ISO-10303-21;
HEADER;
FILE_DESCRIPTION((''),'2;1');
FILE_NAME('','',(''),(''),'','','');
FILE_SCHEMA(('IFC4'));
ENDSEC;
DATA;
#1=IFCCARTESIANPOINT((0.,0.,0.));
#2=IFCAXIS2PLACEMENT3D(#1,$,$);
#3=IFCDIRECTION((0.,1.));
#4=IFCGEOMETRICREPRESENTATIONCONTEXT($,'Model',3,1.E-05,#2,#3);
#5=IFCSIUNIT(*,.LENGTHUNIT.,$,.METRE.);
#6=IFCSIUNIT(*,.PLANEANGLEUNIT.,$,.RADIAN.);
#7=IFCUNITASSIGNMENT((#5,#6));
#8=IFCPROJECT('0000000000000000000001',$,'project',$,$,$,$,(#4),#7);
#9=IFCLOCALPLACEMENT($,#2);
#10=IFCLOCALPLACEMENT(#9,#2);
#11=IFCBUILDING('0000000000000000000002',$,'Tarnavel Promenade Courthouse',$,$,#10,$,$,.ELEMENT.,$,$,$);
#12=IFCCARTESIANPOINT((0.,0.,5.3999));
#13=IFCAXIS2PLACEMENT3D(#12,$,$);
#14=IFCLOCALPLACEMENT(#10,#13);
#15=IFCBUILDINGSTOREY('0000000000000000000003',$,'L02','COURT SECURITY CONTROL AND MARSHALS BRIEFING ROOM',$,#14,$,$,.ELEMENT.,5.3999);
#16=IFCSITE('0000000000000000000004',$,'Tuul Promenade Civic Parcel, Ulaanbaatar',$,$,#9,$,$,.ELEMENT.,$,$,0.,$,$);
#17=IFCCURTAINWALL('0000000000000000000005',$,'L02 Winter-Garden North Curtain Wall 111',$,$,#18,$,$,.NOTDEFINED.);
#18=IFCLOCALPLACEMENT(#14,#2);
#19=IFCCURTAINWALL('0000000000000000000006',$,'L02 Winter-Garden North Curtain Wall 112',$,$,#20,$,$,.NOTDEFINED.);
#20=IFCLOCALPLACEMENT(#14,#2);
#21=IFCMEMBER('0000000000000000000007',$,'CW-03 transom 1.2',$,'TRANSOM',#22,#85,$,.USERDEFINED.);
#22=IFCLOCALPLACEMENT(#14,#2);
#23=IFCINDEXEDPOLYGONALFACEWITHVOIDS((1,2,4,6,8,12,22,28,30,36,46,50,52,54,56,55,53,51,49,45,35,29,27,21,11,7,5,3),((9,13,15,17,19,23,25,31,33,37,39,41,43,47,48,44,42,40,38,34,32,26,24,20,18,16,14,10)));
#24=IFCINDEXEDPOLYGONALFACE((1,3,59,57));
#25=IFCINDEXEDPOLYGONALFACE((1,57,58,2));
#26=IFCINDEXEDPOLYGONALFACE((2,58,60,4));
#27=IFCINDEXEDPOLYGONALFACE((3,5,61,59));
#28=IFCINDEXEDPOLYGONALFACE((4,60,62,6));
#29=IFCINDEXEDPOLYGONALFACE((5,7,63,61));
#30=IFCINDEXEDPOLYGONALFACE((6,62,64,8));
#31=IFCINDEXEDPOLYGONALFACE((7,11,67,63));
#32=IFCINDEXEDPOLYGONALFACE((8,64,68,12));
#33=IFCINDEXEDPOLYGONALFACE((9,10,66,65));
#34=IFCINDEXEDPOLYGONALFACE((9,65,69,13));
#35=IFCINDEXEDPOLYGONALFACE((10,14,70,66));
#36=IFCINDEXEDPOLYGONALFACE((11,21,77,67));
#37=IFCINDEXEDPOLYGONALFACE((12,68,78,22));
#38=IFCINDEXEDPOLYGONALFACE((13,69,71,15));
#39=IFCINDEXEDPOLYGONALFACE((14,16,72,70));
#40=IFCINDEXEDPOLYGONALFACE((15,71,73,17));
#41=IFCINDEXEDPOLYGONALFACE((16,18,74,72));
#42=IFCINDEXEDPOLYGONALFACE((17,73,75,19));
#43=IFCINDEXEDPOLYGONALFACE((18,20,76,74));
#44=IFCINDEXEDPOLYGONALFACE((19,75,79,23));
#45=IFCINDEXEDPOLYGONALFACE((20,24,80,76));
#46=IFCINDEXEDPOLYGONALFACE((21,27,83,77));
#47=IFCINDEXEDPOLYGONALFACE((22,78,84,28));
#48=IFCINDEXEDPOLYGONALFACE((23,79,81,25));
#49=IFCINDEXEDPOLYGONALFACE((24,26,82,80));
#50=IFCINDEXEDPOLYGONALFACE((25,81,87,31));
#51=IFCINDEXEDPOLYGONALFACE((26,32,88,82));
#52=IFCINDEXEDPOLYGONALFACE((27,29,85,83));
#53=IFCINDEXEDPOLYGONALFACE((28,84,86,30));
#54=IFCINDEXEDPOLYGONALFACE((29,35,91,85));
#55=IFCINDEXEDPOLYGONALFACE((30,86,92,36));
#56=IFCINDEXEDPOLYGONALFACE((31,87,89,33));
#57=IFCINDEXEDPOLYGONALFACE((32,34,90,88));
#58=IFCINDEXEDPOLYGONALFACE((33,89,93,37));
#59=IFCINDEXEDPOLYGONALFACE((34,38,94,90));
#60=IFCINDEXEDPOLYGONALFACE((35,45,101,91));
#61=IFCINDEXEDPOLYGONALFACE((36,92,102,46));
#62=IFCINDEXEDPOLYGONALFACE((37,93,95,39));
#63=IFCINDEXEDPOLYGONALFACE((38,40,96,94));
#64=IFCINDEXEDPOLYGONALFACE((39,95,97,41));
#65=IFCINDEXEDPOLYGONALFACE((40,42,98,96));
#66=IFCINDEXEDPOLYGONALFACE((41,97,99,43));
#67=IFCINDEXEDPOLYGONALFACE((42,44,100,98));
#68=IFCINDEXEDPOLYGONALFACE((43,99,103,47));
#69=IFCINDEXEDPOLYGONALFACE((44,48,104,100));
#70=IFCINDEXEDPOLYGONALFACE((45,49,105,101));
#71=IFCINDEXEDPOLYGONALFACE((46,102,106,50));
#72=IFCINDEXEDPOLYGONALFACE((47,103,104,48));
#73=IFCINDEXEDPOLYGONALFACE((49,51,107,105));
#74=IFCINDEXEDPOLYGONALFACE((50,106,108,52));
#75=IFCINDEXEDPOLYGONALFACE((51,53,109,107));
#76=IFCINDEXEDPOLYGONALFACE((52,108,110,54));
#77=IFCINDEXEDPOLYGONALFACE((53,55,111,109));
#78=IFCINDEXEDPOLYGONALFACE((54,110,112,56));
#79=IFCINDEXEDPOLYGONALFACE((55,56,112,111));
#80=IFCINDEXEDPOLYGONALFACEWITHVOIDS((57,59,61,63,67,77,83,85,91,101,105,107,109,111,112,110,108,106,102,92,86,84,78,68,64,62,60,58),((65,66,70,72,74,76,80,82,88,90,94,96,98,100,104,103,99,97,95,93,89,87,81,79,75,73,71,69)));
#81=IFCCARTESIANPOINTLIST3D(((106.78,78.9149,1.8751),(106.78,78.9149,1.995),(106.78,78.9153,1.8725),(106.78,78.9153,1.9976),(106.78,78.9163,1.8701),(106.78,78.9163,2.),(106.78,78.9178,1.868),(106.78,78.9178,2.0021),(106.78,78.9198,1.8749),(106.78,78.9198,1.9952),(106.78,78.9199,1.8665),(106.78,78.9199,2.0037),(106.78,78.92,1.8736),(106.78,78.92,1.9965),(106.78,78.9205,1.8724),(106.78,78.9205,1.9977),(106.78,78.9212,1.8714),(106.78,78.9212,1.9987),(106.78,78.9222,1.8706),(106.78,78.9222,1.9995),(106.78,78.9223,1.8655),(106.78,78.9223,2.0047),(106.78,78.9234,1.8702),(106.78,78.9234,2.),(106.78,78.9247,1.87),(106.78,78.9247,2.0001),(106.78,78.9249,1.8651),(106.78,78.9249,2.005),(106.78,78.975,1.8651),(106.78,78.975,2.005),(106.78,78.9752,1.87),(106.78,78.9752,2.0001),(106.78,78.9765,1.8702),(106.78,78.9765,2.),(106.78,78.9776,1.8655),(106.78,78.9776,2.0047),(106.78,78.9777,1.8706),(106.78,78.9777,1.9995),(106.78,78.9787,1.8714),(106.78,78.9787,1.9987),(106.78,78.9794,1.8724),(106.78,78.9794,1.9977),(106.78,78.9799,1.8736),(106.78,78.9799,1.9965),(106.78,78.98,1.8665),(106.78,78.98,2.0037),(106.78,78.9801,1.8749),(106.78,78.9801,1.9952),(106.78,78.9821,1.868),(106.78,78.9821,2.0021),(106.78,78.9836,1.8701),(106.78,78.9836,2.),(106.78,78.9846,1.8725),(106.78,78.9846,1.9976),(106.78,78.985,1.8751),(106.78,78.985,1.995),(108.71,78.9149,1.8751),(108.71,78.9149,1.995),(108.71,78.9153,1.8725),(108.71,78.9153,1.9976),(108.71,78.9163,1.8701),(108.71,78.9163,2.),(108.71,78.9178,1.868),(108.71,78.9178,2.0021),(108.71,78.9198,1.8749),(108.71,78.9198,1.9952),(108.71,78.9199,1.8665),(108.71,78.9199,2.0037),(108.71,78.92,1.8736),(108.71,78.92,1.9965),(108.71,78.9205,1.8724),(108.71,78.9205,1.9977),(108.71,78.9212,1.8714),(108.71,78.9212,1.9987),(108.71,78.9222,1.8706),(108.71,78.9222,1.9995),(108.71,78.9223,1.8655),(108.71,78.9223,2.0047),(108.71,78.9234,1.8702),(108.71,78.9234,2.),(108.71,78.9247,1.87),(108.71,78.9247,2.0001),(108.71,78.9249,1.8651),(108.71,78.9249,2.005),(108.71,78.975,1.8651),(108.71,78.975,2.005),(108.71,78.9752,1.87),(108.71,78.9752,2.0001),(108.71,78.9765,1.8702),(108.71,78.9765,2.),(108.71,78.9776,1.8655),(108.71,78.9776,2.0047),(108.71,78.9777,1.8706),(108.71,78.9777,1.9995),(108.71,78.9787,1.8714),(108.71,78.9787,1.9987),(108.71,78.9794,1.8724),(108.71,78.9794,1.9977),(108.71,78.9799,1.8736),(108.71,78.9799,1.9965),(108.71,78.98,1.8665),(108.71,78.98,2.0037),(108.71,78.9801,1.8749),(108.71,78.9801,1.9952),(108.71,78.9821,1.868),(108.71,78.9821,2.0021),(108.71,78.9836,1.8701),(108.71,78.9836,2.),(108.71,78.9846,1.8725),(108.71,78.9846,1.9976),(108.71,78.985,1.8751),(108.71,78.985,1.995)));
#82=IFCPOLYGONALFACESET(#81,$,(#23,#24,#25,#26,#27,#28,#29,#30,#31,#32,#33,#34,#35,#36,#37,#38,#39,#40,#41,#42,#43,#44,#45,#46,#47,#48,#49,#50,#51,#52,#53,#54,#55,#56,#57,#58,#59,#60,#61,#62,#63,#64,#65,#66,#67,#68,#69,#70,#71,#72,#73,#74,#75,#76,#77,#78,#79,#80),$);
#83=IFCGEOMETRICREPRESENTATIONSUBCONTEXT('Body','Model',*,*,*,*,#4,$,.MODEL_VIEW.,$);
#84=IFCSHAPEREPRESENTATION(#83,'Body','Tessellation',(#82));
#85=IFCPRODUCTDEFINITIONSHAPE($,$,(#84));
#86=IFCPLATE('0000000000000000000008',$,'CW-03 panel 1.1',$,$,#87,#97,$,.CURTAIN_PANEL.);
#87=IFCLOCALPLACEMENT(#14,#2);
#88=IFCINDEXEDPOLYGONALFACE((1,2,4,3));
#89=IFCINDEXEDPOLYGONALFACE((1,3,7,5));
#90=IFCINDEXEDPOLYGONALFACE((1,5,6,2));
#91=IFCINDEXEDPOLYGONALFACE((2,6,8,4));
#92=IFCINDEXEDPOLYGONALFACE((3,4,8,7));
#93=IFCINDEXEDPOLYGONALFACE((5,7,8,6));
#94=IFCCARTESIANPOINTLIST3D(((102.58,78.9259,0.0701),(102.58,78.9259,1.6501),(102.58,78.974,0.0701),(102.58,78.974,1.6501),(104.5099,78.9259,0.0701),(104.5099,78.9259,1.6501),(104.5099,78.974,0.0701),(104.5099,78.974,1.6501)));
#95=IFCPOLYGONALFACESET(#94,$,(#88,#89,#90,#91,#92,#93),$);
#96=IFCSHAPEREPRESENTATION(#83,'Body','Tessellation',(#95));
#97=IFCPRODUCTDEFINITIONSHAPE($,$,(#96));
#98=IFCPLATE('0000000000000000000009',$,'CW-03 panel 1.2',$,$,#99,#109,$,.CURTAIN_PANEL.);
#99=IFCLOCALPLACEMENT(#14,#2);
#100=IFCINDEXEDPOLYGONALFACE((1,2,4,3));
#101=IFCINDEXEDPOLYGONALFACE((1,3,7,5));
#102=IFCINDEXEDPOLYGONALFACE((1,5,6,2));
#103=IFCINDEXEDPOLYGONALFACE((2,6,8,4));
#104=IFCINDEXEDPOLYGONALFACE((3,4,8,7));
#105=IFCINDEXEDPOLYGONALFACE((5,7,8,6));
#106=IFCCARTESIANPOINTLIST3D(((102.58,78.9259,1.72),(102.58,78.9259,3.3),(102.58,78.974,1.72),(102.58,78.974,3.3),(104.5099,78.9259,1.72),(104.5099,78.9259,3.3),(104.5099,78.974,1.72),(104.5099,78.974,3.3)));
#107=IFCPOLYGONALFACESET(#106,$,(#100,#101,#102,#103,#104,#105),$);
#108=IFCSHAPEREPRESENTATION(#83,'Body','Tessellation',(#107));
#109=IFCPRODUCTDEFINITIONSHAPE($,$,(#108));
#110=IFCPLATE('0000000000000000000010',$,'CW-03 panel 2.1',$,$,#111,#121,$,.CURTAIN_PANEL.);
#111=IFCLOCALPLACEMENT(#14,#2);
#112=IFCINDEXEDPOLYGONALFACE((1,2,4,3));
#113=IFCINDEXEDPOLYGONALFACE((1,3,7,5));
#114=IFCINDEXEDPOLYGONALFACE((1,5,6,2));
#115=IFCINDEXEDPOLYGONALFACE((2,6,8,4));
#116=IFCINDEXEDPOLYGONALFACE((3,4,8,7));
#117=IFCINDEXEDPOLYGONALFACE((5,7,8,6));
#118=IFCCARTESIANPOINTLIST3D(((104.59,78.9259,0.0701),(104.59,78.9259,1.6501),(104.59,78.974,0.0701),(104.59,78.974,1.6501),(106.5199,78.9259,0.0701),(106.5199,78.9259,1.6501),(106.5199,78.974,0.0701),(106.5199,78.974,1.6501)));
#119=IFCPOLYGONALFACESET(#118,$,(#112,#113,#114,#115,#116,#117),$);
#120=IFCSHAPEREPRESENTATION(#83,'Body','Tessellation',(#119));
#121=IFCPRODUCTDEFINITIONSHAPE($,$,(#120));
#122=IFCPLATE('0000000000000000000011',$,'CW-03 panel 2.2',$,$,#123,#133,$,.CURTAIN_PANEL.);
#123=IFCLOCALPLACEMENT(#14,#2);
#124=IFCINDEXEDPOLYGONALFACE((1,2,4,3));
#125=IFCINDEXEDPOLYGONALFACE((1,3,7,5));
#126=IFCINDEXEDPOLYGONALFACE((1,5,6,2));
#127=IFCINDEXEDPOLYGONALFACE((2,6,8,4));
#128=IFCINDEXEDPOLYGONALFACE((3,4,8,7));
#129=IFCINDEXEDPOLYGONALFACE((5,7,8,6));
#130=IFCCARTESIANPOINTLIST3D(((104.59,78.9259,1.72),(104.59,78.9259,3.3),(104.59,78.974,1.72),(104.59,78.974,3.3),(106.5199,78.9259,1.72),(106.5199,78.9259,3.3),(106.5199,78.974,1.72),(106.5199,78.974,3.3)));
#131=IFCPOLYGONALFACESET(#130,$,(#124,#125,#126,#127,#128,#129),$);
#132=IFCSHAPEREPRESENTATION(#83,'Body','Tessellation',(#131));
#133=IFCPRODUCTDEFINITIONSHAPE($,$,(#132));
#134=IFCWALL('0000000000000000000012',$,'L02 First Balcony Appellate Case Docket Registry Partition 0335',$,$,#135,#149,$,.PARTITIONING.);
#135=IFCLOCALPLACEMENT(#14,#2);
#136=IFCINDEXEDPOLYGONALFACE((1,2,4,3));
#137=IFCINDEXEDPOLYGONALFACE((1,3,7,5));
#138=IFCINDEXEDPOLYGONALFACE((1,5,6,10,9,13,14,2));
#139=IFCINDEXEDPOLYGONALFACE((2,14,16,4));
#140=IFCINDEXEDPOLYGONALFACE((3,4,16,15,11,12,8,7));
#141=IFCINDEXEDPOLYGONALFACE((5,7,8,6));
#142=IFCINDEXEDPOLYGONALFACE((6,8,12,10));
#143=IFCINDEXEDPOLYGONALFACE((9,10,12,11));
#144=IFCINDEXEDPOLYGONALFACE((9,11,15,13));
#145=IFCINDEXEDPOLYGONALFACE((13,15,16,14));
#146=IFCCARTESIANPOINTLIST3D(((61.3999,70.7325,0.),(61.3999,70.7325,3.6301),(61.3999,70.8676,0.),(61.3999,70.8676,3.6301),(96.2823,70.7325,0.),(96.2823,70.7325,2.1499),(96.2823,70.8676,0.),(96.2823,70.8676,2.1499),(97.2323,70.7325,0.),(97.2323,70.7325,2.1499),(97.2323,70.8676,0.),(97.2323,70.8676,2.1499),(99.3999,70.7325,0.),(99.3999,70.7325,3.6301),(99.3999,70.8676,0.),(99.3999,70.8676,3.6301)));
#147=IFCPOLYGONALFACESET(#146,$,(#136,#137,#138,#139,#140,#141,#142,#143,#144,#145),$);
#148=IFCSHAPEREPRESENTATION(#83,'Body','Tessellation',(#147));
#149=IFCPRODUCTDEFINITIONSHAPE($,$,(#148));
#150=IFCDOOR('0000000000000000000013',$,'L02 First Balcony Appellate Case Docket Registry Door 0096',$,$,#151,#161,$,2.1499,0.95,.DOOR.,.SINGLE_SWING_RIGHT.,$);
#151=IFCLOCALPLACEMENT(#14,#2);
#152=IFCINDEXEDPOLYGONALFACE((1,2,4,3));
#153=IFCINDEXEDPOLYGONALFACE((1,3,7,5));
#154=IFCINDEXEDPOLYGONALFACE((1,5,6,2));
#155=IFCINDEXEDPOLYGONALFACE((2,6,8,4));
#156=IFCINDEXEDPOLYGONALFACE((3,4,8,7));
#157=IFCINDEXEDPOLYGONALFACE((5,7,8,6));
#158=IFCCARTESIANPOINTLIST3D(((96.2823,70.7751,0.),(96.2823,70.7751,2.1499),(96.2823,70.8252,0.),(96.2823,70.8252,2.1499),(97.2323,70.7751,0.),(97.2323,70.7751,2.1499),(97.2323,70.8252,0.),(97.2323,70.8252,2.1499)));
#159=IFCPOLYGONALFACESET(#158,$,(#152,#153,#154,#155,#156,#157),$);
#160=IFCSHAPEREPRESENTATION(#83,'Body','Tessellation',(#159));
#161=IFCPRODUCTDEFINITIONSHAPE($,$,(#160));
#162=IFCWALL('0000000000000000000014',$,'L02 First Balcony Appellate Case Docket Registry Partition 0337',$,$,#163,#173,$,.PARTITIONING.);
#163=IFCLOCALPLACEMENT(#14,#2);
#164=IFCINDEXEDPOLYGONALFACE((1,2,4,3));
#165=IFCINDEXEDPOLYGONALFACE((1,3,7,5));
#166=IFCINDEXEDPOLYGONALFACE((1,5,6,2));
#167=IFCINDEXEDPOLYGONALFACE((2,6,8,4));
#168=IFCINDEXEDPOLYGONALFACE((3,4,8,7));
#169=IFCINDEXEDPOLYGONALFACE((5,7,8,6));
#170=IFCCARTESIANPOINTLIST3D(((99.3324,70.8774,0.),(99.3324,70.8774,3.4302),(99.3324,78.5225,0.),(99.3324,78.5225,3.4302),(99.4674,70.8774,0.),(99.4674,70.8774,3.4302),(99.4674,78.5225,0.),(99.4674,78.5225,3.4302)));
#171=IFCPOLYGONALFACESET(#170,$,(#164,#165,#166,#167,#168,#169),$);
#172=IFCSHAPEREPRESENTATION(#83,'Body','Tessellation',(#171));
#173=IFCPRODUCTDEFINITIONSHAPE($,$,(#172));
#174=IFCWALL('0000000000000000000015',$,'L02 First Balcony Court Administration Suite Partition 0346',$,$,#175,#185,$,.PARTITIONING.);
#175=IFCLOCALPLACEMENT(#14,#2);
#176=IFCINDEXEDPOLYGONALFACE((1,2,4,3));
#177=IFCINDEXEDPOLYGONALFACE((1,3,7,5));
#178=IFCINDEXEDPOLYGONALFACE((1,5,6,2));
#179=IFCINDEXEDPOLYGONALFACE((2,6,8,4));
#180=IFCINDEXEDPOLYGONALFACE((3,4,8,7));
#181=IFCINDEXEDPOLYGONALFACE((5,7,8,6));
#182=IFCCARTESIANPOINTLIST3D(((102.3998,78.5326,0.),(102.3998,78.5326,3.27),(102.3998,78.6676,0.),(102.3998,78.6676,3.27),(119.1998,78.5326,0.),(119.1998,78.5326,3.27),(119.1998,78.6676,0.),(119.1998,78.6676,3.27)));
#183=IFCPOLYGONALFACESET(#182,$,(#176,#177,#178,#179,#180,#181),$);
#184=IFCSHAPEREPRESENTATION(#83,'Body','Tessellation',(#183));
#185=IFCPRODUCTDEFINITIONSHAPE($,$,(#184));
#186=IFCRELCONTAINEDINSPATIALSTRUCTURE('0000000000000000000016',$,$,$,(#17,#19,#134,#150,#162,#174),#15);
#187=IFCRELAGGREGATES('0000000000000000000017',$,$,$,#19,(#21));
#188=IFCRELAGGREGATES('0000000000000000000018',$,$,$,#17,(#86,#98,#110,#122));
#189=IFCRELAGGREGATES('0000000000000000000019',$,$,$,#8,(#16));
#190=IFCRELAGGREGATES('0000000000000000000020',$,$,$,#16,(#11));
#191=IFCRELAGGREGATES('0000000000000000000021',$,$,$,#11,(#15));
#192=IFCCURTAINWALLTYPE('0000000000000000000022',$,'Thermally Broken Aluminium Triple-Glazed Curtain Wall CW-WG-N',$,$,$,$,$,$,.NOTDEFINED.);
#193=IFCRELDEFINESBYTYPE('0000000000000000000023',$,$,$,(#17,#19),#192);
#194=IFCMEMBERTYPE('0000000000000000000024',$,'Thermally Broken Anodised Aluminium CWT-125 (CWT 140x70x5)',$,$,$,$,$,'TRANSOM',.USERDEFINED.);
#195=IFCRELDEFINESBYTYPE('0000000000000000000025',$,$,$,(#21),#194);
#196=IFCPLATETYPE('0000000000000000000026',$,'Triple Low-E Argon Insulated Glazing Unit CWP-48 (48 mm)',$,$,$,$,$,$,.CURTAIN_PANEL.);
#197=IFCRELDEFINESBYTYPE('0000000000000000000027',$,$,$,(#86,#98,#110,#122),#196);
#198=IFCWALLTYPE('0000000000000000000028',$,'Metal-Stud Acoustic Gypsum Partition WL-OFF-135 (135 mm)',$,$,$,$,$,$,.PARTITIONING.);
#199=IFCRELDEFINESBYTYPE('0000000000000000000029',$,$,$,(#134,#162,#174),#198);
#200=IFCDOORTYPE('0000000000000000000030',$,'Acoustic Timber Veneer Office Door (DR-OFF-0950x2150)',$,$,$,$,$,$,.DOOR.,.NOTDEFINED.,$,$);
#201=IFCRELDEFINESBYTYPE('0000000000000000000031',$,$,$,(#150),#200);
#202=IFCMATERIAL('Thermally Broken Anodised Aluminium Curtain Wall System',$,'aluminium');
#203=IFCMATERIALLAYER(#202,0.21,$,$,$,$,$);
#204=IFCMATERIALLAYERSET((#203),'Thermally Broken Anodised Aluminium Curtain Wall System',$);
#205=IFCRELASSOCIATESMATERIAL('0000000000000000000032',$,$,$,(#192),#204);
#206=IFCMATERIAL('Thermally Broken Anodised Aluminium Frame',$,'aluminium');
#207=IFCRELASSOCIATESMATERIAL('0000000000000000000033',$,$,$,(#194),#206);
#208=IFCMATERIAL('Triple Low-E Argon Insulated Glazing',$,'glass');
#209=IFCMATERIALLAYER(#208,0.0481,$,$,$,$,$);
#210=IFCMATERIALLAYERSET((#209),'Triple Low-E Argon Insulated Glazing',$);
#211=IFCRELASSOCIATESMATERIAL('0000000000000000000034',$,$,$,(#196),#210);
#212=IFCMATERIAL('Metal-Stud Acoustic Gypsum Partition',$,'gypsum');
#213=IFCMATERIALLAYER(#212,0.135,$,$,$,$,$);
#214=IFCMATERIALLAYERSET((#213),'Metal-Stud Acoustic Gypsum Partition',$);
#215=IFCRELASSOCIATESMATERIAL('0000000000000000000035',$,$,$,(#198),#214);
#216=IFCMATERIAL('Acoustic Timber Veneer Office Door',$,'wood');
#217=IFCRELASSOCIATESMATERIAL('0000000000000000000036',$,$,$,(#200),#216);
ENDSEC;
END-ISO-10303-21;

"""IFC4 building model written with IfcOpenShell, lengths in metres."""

from ifc_helpers import new_model, si_unit, direction, frame, frame_2d, origin, origin_2d, place, context, subcontext, project, spatial, rectangle, hollow_rectangle, extrude, material, layer, layer_set, material_profile, profile_set, type_object, element, fill, aggregate, save


model = new_model("IFC4")

# Units and contexts
model_context = context("Model", 3, precision=1e-05, world=origin(), true_north=direction((0.0, 1.0)))
body_context = subcontext(model_context, "Body", "Model", "MODEL_VIEW")
ifc_project = project(units=[si_unit("LENGTHUNIT", "METRE"), si_unit("PLANEANGLEUNIT", "RADIAN")], contexts=[model_context])

# Site, building, storey
site_placement = place(None, origin())
site = spatial("IfcSite", under=ifc_project, at=site_placement, Name="Tuul Promenade Civic Parcel, Ulaanbaatar", CompositionType="ELEMENT", RefElevation=0.0)
building_placement = place(site_placement, origin())
building = spatial("IfcBuilding", under=site, at=building_placement, Name="Tarnavel Promenade Courthouse", CompositionType="ELEMENT")
storey_placement = place(building_placement, frame((0.0, 0.0, 5.3999)))
storey = spatial("IfcBuildingStorey", under=building, at=storey_placement, Name="L02", Description="COURT SECURITY CONTROL AND MARSHALS BRIEFING ROOM", CompositionType="ELEMENT", Elevation=5.3999)

# Curtain wall
ifc_material_1 = material(Name="Thermally Broken Anodised Aluminium Curtain Wall System", Category="aluminium")
ifc_layer_1 = layer(ifc_material_1, 0.21)
ifc_layer_set_1 = layer_set([ifc_layer_1], Name="Thermally Broken Anodised Aluminium Curtain Wall System")
curtain_wall_type = type_object("IfcCurtainWallType", Name="Thermally Broken Aluminium Triple-Glazed Curtain Wall CW-WG-N", PredefinedType="NOTDEFINED", material=ifc_layer_set_1)
curtain_wall_1_placement = place(storey_placement, origin())
curtain_wall_1 = element("IfcCurtainWall", 1, at=curtain_wall_1_placement, inside=storey, type_object=curtain_wall_type, Name="L02 Winter-Garden North Curtain Wall 111", PredefinedType="NOTDEFINED")
ifc_material_2 = material(Name="Thermally Broken Anodised Aluminium Frame", Category="aluminium")

# Curtain wall
curtain_wall_2_placement = place(storey_placement, origin())
curtain_wall_2 = element("IfcCurtainWall", 2, at=curtain_wall_2_placement, inside=storey, type_object=curtain_wall_type, Name="L02 Winter-Garden North Curtain Wall 112", PredefinedType="NOTDEFINED")

# Member
ifc_material_profile_1 = material_profile(ifc_material_2, hollow_rectangle(XDim=0.0701, YDim=0.1399, WallThickness=0.0049, InnerFilletRadius=0.0049, OuterFilletRadius=0.01, at=origin_2d()), Name="CWT 140x70x5")
ifc_profile_set_1 = profile_set([ifc_material_profile_1], Name="Thermally Broken Anodised Aluminium Frame")
member_type_1 = type_object("IfcMemberType", Name="Thermally Broken Anodised Aluminium CWT-125 (CWT 140x70x5)", ElementType="TRANSOM", PredefinedType="USERDEFINED", material=ifc_profile_set_1)
member_1_placement = place(storey_placement, frame((106.78, 78.95, 1.9351), z_axis=(1.0, 0.0, 0.0), x_axis=(0.0, 1.0, 0.0)))
member_1 = element("IfcMember", 3, at=member_1_placement, type_object=member_type_1, Name="CW-03 transom 1.2", ObjectType="TRANSOM", PredefinedType="USERDEFINED", context=body_context, shape_type="SweptSolid", body=[
    extrude(hollow_rectangle(XDim=0.0701, YDim=0.1399, WallThickness=0.0049, InnerFilletRadius=0.0049, OuterFilletRadius=0.01, at=origin_2d()), origin(), (0.0, 0.0, 1.0), 1.9299),
])
aggregate(curtain_wall_2, [member_1])

# Plates
ifc_material_3 = material(Name="Triple Low-E Argon Insulated Glazing", Category="glass")
ifc_layer_2 = layer(ifc_material_3, 0.0481)
ifc_layer_set_2 = layer_set([ifc_layer_2], Name="Triple Low-E Argon Insulated Glazing")
plate_type = type_object("IfcPlateType", Name="Triple Low-E Argon Insulated Glazing Unit CWP-48 (48 mm)", PredefinedType="CURTAIN_PANEL", material=ifc_layer_set_2)
plate_1_placement = place(storey_placement, frame((103.5449, 78.95, 0.0701), z_axis=(0.0, 0.0, 1.0), x_axis=(1.0, 0.0, 0.0)))
plate_1 = element("IfcPlate", 4, at=plate_1_placement, type_object=plate_type, Name="CW-03 panel 1.1", PredefinedType="CURTAIN_PANEL", context=body_context, shape_type="SweptSolid", body=[
    extrude(rectangle(XDim=1.9299, YDim=0.0481, at=origin_2d()), origin(), (0.0, 0.0, 1.0), 1.5801),
])
plate_2_placement = place(storey_placement, frame((103.5449, 78.95, 1.72), z_axis=(0.0, 0.0, 1.0), x_axis=(1.0, 0.0, 0.0)))
plate_2 = element("IfcPlate", 5, at=plate_2_placement, type_object=plate_type, Name="CW-03 panel 1.2", PredefinedType="CURTAIN_PANEL", context=body_context, shape_type="SweptSolid", body=[
    extrude(rectangle(XDim=1.9299, YDim=0.0481, at=origin_2d()), origin(), (0.0, 0.0, 1.0), 1.5801),
])
plate_3_placement = place(storey_placement, frame((105.5549, 78.95, 0.0701), z_axis=(0.0, 0.0, 1.0), x_axis=(1.0, 0.0, 0.0)))
plate_3 = element("IfcPlate", 6, at=plate_3_placement, type_object=plate_type, Name="CW-03 panel 2.1", PredefinedType="CURTAIN_PANEL", context=body_context, shape_type="SweptSolid", body=[
    extrude(rectangle(XDim=1.9299, YDim=0.0481, at=origin_2d()), origin(), (0.0, 0.0, 1.0), 1.5801),
])
plate_4_placement = place(storey_placement, frame((105.5549, 78.95, 1.72), z_axis=(0.0, 0.0, 1.0), x_axis=(1.0, 0.0, 0.0)))
plate_4 = element("IfcPlate", 7, at=plate_4_placement, type_object=plate_type, Name="CW-03 panel 2.2", PredefinedType="CURTAIN_PANEL", context=body_context, shape_type="SweptSolid", body=[
    extrude(rectangle(XDim=1.9299, YDim=0.0481, at=origin_2d()), origin(), (0.0, 0.0, 1.0), 1.5801),
])
aggregate(curtain_wall_1, [plate_1, plate_2, plate_3, plate_4])

# Wall, opening, door
ifc_material_4 = material(Name="Metal-Stud Acoustic Gypsum Partition", Category="gypsum")
ifc_layer_3 = layer(ifc_material_4, 0.135)
ifc_layer_set_3 = layer_set([ifc_layer_3], Name="Metal-Stud Acoustic Gypsum Partition")
wall_type_1 = type_object("IfcWallType", Name="Metal-Stud Acoustic Gypsum Partition WL-OFF-135 (135 mm)", PredefinedType="PARTITIONING", material=ifc_layer_set_3)
wall_1_placement = place(storey_placement, frame((99.3999, 70.8, 0.0), z_axis=(0.0, 0.0, 1.0), x_axis=(-1.0, 0.0, 0.0)))
wall_1 = element("IfcWall", 8, at=wall_1_placement, inside=storey, type_object=wall_type_1, Name="L02 First Balcony Appellate Case Docket Registry Partition 0335", PredefinedType="PARTITIONING", context=body_context, shape_type="SweptSolid", body=[
    extrude(rectangle(XDim=38.0, YDim=0.135, at=frame_2d((19.0, 0.0))), origin(), (0.0, 0.0, 1.0), 3.6301),
])
opening_1_placement = place(wall_1_placement, frame((2.1675, 0.0, 0.0)))
opening_1 = element("IfcOpeningElement", 9, at=opening_1_placement, cuts=wall_1, PredefinedType="OPENING", context=body_context, shape_type="SweptSolid", body=[
    extrude(rectangle(XDim=0.95, YDim=2.1499, at=frame_2d((0.4751, 1.075))), frame((0.0, 0.0774, 0.0), z_axis=(0.0, -1.0, 0.0), x_axis=(1.0, 0.0, 0.0)), (0.0, 0.0, 1.0), 0.155),
])
ifc_material_5 = material(Name="Acoustic Timber Veneer Office Door", Category="wood")
door_type = type_object("IfcDoorType", Name="Acoustic Timber Veneer Office Door (DR-OFF-0950x2150)", OperationType="NOTDEFINED", PredefinedType="DOOR", material=ifc_material_5)
door_placement = place(opening_1_placement, origin())
door = element("IfcDoor", 10, at=door_placement, inside=storey, type_object=door_type, Name="L02 First Balcony Appellate Case Docket Registry Door 0096", OperationType="SINGLE_SWING_RIGHT", OverallHeight=2.1499, OverallWidth=0.95, PredefinedType="DOOR", context=body_context, shape_type="SweptSolid", body=[
    extrude(rectangle(XDim=0.95, YDim=2.1499, at=frame_2d((0.4751, 1.075))), frame((0.0, 0.0249, 0.0), z_axis=(0.0, -1.0, 0.0), x_axis=(1.0, 0.0, 0.0)), (0.0, 0.0, 1.0), 0.05),
])
fill(opening_1, door)

# Walls
wall_2_placement = place(storey_placement, frame((99.3999, 78.5225, 0.0), z_axis=(0.0, 0.0, 1.0), x_axis=(0.0, -1.0, 0.0)))
element("IfcWall", 11, at=wall_2_placement, inside=storey, type_object=wall_type_1, Name="L02 First Balcony Appellate Case Docket Registry Partition 0337", PredefinedType="PARTITIONING", context=body_context, shape_type="SweptSolid", body=[
    extrude(rectangle(XDim=7.645, YDim=0.135, at=frame_2d((3.8225, 0.0))), origin(), (0.0, 0.0, 1.0), 3.4302),
])
wall_3_placement = place(storey_placement, frame((102.3999, 78.6001, 0.0), z_axis=(0.0, 0.0, 1.0), x_axis=(1.0, 0.0, 0.0)))
element("IfcWall", 12, at=wall_3_placement, inside=storey, type_object=wall_type_1, Name="L02 First Balcony Court Administration Suite Partition 0346", PredefinedType="PARTITIONING", context=body_context, shape_type="SweptSolid", body=[
    extrude(rectangle(XDim=16.8, YDim=0.135, at=frame_2d((8.3999, 0.0))), origin(), (0.0, 0.0, 1.0), 3.27),
])

save(model, "model.ifc")
